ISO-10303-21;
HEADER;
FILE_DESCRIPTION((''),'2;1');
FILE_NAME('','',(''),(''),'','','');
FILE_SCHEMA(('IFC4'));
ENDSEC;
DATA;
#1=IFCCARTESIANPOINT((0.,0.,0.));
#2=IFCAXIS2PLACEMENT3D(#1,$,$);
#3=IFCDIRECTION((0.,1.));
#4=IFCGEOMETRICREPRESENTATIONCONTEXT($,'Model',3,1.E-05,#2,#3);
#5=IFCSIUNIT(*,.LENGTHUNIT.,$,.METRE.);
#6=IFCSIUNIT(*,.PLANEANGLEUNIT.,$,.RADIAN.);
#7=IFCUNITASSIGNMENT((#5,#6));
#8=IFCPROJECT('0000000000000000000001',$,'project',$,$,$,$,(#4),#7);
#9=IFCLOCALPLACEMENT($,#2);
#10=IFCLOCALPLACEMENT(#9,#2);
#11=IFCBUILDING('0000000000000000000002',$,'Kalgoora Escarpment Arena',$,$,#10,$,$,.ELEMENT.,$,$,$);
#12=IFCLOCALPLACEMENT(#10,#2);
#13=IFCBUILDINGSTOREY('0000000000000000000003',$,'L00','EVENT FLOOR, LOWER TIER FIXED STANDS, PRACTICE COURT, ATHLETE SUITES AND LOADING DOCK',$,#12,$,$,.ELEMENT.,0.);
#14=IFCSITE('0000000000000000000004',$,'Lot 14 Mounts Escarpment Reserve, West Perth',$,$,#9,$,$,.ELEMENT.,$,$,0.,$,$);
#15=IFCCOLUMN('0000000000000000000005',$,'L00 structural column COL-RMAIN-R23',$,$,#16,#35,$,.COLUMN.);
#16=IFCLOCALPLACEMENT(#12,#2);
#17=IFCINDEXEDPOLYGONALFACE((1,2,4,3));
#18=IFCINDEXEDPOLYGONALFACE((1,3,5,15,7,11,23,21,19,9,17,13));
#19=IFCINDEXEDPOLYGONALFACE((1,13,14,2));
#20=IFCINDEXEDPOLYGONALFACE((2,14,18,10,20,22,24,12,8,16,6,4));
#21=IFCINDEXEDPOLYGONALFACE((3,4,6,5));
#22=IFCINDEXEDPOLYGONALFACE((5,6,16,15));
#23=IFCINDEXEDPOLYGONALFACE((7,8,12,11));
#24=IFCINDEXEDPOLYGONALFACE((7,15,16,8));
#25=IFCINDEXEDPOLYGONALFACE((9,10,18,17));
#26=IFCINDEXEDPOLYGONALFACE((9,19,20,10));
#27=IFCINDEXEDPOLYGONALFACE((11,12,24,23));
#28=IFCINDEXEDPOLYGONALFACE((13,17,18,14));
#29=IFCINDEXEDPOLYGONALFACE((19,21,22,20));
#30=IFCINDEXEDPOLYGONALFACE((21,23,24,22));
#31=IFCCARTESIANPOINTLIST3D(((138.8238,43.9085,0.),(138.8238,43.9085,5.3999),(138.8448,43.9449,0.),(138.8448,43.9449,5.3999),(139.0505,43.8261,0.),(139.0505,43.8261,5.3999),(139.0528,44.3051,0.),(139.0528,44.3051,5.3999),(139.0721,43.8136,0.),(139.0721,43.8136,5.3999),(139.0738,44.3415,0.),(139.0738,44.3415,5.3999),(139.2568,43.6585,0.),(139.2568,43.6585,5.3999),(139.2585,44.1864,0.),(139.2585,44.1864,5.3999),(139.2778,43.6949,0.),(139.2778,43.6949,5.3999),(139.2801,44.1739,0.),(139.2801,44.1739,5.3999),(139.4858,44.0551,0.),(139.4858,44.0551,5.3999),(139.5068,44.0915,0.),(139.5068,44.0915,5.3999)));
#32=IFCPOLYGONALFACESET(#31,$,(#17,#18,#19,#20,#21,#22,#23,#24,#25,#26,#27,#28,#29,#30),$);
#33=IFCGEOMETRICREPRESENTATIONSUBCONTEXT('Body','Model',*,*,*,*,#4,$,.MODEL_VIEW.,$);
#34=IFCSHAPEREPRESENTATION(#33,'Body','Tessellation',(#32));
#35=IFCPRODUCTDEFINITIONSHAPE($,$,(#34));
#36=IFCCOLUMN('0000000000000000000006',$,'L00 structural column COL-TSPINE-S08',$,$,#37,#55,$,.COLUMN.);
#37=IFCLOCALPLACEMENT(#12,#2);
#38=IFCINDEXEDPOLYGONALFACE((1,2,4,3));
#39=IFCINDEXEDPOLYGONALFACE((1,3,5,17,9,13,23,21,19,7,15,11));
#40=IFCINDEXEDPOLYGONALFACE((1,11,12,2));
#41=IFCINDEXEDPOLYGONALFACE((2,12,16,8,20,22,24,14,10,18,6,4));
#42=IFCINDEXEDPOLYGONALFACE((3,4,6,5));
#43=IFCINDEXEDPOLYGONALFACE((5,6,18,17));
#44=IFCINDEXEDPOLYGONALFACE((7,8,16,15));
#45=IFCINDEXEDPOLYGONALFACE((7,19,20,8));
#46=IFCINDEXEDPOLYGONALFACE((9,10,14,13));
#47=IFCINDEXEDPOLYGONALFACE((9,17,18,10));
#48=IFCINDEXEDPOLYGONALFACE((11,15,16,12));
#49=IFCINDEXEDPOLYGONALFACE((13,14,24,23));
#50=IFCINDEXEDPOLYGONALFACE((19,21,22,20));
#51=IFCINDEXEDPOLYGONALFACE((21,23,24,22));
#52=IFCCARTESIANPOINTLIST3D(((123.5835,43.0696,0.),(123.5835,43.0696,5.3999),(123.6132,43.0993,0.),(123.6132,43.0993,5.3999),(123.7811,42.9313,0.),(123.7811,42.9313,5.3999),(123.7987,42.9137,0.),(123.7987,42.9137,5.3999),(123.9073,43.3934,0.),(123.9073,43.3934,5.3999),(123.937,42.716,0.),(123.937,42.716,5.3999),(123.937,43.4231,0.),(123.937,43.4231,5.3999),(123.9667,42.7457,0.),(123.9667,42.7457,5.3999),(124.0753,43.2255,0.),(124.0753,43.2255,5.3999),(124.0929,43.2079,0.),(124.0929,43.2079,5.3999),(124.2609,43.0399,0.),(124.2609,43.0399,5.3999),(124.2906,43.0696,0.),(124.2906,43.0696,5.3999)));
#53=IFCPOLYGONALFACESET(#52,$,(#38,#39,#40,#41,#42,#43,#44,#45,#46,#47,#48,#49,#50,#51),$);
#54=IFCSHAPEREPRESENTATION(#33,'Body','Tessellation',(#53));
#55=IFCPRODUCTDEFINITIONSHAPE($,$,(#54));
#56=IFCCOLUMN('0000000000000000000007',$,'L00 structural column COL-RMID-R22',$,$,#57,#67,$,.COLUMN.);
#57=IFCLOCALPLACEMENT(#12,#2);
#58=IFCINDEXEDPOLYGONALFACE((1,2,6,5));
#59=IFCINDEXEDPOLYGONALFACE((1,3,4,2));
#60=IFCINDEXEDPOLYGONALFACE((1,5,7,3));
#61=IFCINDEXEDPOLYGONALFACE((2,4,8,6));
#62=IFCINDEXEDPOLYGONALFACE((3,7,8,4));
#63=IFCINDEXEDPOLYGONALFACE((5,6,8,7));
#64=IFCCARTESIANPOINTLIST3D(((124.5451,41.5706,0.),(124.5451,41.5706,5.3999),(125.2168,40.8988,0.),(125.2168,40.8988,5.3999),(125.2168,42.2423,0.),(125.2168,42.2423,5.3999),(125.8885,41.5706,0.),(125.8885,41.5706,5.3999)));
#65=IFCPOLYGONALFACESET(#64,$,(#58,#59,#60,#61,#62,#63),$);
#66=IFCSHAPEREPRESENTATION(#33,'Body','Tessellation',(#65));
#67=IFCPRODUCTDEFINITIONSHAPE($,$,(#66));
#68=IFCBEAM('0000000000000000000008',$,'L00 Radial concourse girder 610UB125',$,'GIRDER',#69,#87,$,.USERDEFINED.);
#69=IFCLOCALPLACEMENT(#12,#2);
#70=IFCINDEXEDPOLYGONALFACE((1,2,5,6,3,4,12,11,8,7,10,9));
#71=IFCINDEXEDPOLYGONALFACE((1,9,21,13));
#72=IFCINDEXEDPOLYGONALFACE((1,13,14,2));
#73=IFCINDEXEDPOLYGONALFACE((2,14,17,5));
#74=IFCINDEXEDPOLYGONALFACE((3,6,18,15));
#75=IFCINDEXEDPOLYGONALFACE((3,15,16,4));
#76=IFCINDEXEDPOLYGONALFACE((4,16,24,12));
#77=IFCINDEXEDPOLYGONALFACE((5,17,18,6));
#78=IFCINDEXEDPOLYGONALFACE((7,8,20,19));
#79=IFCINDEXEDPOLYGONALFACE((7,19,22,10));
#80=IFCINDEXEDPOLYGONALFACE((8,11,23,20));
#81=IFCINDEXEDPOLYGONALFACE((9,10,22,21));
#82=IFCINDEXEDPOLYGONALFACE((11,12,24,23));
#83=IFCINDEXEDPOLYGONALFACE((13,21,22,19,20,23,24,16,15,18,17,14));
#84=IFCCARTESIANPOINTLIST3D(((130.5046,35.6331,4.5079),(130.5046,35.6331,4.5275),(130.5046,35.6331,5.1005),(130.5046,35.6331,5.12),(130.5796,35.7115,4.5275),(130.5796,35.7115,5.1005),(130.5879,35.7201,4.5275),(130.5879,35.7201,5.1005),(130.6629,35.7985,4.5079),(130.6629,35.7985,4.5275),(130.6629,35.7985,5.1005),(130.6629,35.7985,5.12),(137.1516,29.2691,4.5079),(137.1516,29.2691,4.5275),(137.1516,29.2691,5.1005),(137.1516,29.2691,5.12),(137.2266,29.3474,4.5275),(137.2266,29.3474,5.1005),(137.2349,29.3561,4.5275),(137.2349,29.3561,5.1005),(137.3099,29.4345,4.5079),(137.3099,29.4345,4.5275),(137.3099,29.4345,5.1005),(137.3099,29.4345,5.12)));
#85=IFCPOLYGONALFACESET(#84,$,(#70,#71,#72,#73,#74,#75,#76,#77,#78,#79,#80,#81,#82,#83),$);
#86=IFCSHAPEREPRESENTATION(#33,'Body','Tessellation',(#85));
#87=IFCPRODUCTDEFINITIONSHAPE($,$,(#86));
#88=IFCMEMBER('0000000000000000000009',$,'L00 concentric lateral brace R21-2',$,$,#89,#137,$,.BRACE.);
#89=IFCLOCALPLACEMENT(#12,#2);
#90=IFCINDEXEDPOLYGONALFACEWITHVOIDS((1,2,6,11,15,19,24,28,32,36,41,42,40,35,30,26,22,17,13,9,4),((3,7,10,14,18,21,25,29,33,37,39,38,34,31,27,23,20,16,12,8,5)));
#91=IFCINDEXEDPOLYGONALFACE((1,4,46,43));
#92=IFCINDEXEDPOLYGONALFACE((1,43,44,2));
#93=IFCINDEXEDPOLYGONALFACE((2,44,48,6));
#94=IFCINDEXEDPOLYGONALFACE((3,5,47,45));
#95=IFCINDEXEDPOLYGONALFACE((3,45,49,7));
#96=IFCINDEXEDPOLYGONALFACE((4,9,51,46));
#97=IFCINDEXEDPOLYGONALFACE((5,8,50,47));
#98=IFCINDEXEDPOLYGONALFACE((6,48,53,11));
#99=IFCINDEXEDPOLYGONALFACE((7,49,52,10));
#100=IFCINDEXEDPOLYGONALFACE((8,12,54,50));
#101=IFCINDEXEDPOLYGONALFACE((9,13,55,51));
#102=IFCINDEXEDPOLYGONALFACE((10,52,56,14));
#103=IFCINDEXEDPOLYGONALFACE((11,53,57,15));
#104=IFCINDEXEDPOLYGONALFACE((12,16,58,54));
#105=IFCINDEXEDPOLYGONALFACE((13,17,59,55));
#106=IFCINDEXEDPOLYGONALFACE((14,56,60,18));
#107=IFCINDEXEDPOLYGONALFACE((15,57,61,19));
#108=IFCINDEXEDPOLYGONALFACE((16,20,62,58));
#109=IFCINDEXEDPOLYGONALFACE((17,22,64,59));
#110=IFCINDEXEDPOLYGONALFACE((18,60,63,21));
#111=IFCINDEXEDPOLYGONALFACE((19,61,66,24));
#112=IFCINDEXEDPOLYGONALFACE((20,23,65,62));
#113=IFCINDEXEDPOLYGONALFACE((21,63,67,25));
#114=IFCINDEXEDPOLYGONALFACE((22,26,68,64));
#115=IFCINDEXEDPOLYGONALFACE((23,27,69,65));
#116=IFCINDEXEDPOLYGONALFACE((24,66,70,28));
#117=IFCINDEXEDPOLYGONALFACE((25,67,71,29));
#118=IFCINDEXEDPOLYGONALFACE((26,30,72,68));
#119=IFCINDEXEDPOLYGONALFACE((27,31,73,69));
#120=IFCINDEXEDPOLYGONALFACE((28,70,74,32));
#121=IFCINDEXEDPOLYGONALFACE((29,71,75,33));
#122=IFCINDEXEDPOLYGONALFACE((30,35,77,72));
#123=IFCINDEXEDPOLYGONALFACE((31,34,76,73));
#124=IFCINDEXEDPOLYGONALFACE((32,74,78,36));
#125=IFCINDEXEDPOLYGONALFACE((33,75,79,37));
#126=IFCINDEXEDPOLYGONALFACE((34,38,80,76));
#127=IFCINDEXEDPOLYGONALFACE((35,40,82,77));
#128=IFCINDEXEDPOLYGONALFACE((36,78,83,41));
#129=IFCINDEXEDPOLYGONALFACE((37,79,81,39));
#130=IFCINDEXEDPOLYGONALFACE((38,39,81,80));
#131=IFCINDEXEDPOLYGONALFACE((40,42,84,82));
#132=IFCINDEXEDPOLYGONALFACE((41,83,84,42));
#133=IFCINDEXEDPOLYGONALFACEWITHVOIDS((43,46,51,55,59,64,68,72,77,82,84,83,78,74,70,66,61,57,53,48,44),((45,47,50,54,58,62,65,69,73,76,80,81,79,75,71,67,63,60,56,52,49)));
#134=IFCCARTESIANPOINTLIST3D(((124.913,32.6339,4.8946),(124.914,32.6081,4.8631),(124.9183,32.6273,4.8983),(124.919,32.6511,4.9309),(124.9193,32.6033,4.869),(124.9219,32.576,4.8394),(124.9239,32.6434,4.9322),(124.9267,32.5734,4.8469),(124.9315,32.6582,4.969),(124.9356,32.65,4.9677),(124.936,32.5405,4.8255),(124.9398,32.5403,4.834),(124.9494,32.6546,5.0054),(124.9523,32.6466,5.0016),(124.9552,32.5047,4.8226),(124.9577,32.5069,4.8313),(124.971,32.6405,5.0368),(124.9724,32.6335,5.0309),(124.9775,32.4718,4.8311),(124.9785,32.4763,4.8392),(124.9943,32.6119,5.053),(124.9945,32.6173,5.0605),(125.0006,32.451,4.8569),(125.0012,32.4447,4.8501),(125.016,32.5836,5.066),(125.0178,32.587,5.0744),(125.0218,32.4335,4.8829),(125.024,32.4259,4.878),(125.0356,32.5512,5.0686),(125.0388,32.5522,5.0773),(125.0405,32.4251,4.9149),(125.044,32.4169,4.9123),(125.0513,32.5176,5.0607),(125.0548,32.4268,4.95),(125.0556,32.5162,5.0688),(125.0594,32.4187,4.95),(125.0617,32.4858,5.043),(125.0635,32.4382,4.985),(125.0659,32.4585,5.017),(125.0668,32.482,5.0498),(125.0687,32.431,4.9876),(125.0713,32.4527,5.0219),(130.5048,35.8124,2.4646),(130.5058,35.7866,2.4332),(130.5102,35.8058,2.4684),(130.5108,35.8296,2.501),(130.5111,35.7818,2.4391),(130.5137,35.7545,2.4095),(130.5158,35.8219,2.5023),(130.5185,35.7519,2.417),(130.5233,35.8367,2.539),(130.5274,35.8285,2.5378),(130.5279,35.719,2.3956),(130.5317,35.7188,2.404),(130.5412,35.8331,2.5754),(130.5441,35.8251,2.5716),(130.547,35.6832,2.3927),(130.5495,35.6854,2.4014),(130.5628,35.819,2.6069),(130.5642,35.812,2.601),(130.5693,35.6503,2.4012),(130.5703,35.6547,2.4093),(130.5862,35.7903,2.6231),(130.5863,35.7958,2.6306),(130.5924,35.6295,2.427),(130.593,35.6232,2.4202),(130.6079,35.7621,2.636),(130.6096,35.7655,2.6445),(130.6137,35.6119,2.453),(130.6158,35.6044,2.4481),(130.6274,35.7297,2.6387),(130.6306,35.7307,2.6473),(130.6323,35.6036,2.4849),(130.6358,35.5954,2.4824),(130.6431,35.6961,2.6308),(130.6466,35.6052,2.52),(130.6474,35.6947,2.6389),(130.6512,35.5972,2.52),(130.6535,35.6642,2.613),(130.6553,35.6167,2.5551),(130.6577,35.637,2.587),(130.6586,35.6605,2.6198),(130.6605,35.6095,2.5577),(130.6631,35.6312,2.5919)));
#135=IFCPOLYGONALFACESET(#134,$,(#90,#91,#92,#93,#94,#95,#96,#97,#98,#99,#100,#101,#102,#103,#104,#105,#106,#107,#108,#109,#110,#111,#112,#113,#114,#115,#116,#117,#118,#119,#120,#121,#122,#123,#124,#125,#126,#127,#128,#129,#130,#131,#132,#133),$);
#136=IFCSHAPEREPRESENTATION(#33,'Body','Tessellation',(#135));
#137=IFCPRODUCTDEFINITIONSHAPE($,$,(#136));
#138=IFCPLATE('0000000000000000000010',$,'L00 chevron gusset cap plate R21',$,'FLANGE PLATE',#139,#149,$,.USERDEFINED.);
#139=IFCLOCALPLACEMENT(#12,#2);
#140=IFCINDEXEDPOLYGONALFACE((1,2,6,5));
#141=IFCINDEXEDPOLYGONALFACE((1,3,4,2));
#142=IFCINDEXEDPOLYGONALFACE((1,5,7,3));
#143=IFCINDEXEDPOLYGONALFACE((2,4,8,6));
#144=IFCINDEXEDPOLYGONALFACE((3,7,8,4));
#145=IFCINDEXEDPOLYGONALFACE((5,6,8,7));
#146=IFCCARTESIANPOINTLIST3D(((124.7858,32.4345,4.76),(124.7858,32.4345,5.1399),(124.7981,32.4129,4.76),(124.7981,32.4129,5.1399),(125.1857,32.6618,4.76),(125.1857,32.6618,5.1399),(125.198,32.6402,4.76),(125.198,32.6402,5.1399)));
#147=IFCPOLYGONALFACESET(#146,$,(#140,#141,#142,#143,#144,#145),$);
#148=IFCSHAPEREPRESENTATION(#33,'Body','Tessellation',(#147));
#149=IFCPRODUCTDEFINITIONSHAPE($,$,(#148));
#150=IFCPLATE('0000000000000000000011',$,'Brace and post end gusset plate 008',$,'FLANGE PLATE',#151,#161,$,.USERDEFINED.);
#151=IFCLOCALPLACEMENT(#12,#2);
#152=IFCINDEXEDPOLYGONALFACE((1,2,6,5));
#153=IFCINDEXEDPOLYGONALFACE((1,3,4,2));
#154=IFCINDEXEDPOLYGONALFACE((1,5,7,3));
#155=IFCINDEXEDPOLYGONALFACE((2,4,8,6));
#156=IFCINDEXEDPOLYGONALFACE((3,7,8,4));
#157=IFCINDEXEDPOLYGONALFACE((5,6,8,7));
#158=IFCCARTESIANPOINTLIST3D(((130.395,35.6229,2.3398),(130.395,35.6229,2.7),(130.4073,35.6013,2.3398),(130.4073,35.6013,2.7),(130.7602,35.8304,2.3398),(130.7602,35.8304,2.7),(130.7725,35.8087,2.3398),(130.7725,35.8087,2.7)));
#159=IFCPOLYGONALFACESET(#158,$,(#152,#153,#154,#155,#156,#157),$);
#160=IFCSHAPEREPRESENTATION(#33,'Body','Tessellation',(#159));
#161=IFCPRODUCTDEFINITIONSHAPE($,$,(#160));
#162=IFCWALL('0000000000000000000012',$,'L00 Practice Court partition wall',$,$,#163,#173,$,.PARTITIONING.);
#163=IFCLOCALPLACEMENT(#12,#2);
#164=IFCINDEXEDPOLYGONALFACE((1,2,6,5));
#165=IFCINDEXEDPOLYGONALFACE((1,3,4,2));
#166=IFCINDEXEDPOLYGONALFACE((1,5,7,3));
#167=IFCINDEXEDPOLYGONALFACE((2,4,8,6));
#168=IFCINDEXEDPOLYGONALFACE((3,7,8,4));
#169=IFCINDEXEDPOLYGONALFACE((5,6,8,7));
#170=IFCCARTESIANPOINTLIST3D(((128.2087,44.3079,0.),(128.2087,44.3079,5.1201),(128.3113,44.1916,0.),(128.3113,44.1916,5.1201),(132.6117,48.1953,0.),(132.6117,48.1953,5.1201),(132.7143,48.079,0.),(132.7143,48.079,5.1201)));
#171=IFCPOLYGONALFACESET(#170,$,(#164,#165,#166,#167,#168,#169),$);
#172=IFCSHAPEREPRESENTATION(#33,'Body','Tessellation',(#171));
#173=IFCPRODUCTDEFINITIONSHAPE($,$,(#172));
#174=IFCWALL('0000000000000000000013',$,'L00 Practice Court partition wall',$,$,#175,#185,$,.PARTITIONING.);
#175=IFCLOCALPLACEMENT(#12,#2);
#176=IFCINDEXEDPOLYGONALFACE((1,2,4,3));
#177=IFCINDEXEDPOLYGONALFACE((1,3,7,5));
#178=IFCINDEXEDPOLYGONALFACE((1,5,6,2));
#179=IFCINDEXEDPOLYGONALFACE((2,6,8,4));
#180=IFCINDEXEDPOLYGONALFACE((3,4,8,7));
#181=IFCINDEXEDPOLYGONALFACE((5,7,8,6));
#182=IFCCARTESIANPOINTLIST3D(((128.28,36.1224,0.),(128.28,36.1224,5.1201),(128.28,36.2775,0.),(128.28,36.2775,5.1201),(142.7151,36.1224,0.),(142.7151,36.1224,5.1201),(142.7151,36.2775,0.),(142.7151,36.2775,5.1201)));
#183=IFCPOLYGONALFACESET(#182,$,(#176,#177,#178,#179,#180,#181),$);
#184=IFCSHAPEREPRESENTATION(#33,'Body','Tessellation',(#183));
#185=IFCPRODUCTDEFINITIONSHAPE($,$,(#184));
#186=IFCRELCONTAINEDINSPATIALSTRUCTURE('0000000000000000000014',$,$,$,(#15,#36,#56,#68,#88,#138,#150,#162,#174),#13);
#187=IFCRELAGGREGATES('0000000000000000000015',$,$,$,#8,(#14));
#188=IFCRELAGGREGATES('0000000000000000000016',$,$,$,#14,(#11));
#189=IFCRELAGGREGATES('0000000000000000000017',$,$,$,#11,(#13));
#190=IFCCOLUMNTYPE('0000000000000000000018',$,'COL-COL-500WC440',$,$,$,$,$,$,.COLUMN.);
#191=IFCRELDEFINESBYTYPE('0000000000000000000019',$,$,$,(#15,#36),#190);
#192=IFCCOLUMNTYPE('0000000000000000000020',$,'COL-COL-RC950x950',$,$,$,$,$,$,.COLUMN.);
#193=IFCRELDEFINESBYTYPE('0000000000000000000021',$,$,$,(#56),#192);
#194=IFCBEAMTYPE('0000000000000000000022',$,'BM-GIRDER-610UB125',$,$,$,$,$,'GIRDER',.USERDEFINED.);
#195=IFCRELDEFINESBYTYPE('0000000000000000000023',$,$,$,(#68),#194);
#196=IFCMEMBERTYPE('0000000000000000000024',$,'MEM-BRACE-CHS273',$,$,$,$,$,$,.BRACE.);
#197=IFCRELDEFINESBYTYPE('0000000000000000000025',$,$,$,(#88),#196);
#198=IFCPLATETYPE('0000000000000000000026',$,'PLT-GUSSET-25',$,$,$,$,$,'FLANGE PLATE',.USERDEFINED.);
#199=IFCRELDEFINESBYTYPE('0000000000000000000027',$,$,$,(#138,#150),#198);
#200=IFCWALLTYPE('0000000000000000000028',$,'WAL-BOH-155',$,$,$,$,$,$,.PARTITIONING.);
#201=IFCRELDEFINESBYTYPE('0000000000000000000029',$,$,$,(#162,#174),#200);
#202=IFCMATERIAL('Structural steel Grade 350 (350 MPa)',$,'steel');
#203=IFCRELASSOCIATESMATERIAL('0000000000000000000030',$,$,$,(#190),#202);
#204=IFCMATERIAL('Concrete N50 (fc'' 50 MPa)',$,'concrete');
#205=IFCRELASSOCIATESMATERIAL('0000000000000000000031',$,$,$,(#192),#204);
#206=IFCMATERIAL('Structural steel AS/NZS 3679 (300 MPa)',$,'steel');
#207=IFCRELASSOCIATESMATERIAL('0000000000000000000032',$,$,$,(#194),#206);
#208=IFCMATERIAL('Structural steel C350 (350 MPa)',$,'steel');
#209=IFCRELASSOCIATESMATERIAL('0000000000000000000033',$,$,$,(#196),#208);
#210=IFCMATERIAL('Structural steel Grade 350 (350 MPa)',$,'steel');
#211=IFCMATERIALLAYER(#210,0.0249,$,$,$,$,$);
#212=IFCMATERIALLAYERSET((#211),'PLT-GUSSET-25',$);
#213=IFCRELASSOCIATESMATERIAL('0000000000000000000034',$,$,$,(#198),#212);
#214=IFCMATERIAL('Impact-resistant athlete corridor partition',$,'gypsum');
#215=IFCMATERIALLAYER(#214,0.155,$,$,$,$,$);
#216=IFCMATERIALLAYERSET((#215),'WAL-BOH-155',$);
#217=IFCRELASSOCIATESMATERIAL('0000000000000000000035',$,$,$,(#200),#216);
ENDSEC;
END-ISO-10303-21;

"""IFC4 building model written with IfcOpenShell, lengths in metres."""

from ifc_helpers import new_model, si_unit, direction, frame, frame_2d, origin, origin_2d, place, context, subcontext, project, spatial, rectangle, hollow_circle, i_section, extrude, material, layer, layer_set, material_profile, profile_set, type_object, element, save


model = new_model("IFC4")

# Units and contexts
model_context = context("Model", 3, precision=1e-05, world=origin(), true_north=direction((0.0, 1.0)))
body_context = subcontext(model_context, "Body", "Model", "MODEL_VIEW")
ifc_project = project(units=[si_unit("LENGTHUNIT", "METRE"), si_unit("PLANEANGLEUNIT", "RADIAN")], contexts=[model_context])

# Site, building, storey
site_placement = place(None, origin())
site = spatial("IfcSite", under=ifc_project, at=site_placement, Name="Lot 14 Mounts Escarpment Reserve, West Perth", CompositionType="ELEMENT", RefElevation=0.0)
building_placement = place(site_placement, origin())
building = spatial("IfcBuilding", under=site, at=building_placement, Name="Kalgoora Escarpment Arena", CompositionType="ELEMENT")
storey_placement = place(building_placement, origin())
storey = spatial("IfcBuildingStorey", under=building, at=storey_placement, Name="L00", Description="EVENT FLOOR, LOWER TIER FIXED STANDS, PRACTICE COURT, ATHLETE SUITES AND LOADING DOCK", CompositionType="ELEMENT", Elevation=0.0)

# Columns
ifc_material_1 = material(Name="Structural steel Grade 350 (350 MPa)", Category="steel")
ifc_material_profile_1 = material_profile(ifc_material_1, i_section(OverallWidth=0.5, OverallDepth=0.5, WebThickness=0.0249, FlangeThickness=0.042, at=origin_2d()))
ifc_profile_set_1 = profile_set([ifc_material_profile_1], Name="Structural steel Grade 350 (350 MPa)")
column_type_1 = type_object("IfcColumnType", Name="COL-COL-500WC440", PredefinedType="COLUMN", material=ifc_profile_set_1)
for number, where, z_axis, x_axis, name in (
    (1, (139.1653, 44.0, 0.0), (0.0, 0.0, 1.0), (0.866025, -0.5, 0.0), "L00 structural column COL-RMAIN-R23"),
    (2, (123.937, 43.0696, 0.0), (0.0, 0.0, 1.0), (0.707107, -0.707107, 0.0), "L00 structural column COL-TSPINE-S08"),
):
    element("IfcColumn", number, at=place(storey_placement, frame(where, z_axis=z_axis, x_axis=x_axis)), inside=storey, type_object=column_type_1, Name=name, PredefinedType="COLUMN", context=body_context, shape_type="SweptSolid", body=[
        extrude(i_section(OverallWidth=0.5, OverallDepth=0.5, WebThickness=0.0249, FlangeThickness=0.042, at=origin_2d()), origin(), (0.0, 0.0, 1.0), 5.3999),
    ])
ifc_material_2 = material(Name="Concrete N50 (fc' 50 MPa)", Category="concrete")
ifc_material_profile_2 = material_profile(ifc_material_2, rectangle(XDim=0.95, YDim=0.95, at=origin_2d()))
ifc_profile_set_2 = profile_set([ifc_material_profile_2], Name="Concrete N50 (fc' 50 MPa)")
column_type_2 = type_object("IfcColumnType", Name="COL-COL-RC950x950", PredefinedType="COLUMN", material=ifc_profile_set_2)
column_placement = place(storey_placement, frame((125.2168, 41.5706, 0.0), z_axis=(0.0, 0.0, 1.0), x_axis=(0.707107, -0.707107, 0.0)))
element("IfcColumn", 3, at=column_placement, inside=storey, type_object=column_type_2, Name="L00 structural column COL-RMID-R22", PredefinedType="COLUMN", context=body_context, shape_type="SweptSolid", body=[
    extrude(rectangle(XDim=0.95, YDim=0.95, at=origin_2d()), origin(), (0.0, 0.0, 1.0), 5.3999),
])

# Beam
ifc_material_3 = material(Name="Structural steel AS/NZS 3679 (300 MPa)", Category="steel")
ifc_material_profile_3 = material_profile(ifc_material_3, i_section(OverallWidth=0.229, OverallDepth=0.6121, WebThickness=0.012, FlangeThickness=0.0195, at=origin_2d()))
ifc_profile_set_3 = profile_set([ifc_material_profile_3], Name="Structural steel AS/NZS 3679 (300 MPa)")
beam_type = type_object("IfcBeamType", Name="BM-GIRDER-610UB125", ElementType="GIRDER", PredefinedType="USERDEFINED", material=ifc_profile_set_3)
beam_placement = place(storey_placement, frame((130.5837, 35.7158, 4.814), z_axis=(0.722314, -0.691565, 0.0), x_axis=(0.691565, 0.722314, 0.0)))
element("IfcBeam", 4, at=beam_placement, inside=storey, type_object=beam_type, Name="L00 Radial concourse girder 610UB125", ObjectType="GIRDER", PredefinedType="USERDEFINED", context=body_context, shape_type="SweptSolid", body=[
    extrude(i_section(OverallWidth=0.229, OverallDepth=0.6121, WebThickness=0.012, FlangeThickness=0.0195, at=origin_2d()), origin(), (0.0, 0.0, 1.0), 9.2024),
])

# Member
ifc_material_4 = material(Name="Structural steel C350 (350 MPa)", Category="steel")
ifc_material_profile_4 = material_profile(ifc_material_4, hollow_circle(Radius=0.1365, WallThickness=0.0093, at=origin_2d()))
ifc_profile_set_4 = profile_set([ifc_material_profile_4], Name="Structural steel C350 (350 MPa)")
member_type = type_object("IfcMemberType", Name="MEM-BRACE-CHS273", PredefinedType="BRACE", material=ifc_profile_set_4)
member_placement = place(storey_placement, frame((130.5837, 35.7158, 2.52), z_axis=(-0.813268, -0.462275, 0.353408), x_axis=(0.494163, -0.869369, 0.0)))
element("IfcMember", 5, at=member_placement, inside=storey, type_object=member_type, Name="L00 concentric lateral brace R21-2", PredefinedType="BRACE", context=body_context, shape_type="SweptSolid", body=[
    extrude(hollow_circle(Radius=0.1365, WallThickness=0.0093, at=origin_2d()), origin(), (0.0, 0.0, 1.0), 6.8757),
])

# Plates
ifc_material_5 = material(Name="Structural steel Grade 350 (350 MPa)", Category="steel")
ifc_layer_1 = layer(ifc_material_5, 0.0249)
ifc_layer_set_1 = layer_set([ifc_layer_1], Name="PLT-GUSSET-25")
plate_type = type_object("IfcPlateType", Name="PLT-GUSSET-25", ElementType="FLANGE PLATE", PredefinedType="USERDEFINED", material=ifc_layer_set_1)
plate_1_placement = place(storey_placement, frame((124.9919, 32.5374, 4.76), z_axis=(0.0, 0.0, 1.0), x_axis=(0.869409, 0.494094, 0.0)))
element("IfcPlate", 6, at=plate_1_placement, inside=storey, type_object=plate_type, Name="L00 chevron gusset cap plate R21", ObjectType="FLANGE PLATE", PredefinedType="USERDEFINED", context=body_context, shape_type="SweptSolid", body=[
    extrude(rectangle(XDim=0.46, YDim=0.0249, at=origin_2d()), origin(), (0.0, 0.0, 1.0), 0.3799),
])
plate_2_placement = place(storey_placement, frame((130.5837, 35.7158, 2.3398), z_axis=(0.0, 0.0, 1.0), x_axis=(-0.869495, -0.493942, 0.0)))
element("IfcPlate", 7, at=plate_2_placement, inside=storey, type_object=plate_type, Name="Brace and post end gusset plate 008", ObjectType="FLANGE PLATE", PredefinedType="USERDEFINED", context=body_context, shape_type="SweptSolid", body=[
    extrude(rectangle(XDim=0.4199, YDim=0.0249, at=origin_2d()), origin(), (0.0, 0.0, 1.0), 0.3601),
])

# Walls
ifc_material_6 = material(Name="Impact-resistant athlete corridor partition", Category="gypsum")
ifc_layer_2 = layer(ifc_material_6, 0.155)
ifc_layer_set_2 = layer_set([ifc_layer_2], Name="WAL-BOH-155")
wall_type_1 = type_object("IfcWallType", Name="WAL-BOH-155", PredefinedType="PARTITIONING", material=ifc_layer_set_2)
wall_1_placement = place(storey_placement, frame((128.26, 44.2498, 0.0), z_axis=(0.0, 0.0, 1.0), x_axis=(0.749636, 0.66185, 0.0)))
element("IfcWall", 8, at=wall_1_placement, inside=storey, type_object=wall_type_1, Name="L00 Practice Court partition wall", PredefinedType="PARTITIONING", context=body_context, shape_type="SweptSolid", body=[
    extrude(rectangle(XDim=5.8735, YDim=0.155, at=frame_2d((2.9368, 0.0))), origin(), (0.0, 0.0, 1.0), 5.1201),
])
wall_2_placement = place(storey_placement, frame((142.7151, 36.2, 0.0), z_axis=(0.0, 0.0, 1.0), x_axis=(-1.0, 0.0, 0.0)))
element("IfcWall", 9, at=wall_2_placement, inside=storey, type_object=wall_type_1, Name="L00 Practice Court partition wall", PredefinedType="PARTITIONING", context=body_context, shape_type="SweptSolid", body=[
    extrude(rectangle(XDim=14.4351, YDim=0.155, at=frame_2d((7.2175, 0.0))), origin(), (0.0, 0.0, 1.0), 5.1201),
])

save(model, "model.ifc")
